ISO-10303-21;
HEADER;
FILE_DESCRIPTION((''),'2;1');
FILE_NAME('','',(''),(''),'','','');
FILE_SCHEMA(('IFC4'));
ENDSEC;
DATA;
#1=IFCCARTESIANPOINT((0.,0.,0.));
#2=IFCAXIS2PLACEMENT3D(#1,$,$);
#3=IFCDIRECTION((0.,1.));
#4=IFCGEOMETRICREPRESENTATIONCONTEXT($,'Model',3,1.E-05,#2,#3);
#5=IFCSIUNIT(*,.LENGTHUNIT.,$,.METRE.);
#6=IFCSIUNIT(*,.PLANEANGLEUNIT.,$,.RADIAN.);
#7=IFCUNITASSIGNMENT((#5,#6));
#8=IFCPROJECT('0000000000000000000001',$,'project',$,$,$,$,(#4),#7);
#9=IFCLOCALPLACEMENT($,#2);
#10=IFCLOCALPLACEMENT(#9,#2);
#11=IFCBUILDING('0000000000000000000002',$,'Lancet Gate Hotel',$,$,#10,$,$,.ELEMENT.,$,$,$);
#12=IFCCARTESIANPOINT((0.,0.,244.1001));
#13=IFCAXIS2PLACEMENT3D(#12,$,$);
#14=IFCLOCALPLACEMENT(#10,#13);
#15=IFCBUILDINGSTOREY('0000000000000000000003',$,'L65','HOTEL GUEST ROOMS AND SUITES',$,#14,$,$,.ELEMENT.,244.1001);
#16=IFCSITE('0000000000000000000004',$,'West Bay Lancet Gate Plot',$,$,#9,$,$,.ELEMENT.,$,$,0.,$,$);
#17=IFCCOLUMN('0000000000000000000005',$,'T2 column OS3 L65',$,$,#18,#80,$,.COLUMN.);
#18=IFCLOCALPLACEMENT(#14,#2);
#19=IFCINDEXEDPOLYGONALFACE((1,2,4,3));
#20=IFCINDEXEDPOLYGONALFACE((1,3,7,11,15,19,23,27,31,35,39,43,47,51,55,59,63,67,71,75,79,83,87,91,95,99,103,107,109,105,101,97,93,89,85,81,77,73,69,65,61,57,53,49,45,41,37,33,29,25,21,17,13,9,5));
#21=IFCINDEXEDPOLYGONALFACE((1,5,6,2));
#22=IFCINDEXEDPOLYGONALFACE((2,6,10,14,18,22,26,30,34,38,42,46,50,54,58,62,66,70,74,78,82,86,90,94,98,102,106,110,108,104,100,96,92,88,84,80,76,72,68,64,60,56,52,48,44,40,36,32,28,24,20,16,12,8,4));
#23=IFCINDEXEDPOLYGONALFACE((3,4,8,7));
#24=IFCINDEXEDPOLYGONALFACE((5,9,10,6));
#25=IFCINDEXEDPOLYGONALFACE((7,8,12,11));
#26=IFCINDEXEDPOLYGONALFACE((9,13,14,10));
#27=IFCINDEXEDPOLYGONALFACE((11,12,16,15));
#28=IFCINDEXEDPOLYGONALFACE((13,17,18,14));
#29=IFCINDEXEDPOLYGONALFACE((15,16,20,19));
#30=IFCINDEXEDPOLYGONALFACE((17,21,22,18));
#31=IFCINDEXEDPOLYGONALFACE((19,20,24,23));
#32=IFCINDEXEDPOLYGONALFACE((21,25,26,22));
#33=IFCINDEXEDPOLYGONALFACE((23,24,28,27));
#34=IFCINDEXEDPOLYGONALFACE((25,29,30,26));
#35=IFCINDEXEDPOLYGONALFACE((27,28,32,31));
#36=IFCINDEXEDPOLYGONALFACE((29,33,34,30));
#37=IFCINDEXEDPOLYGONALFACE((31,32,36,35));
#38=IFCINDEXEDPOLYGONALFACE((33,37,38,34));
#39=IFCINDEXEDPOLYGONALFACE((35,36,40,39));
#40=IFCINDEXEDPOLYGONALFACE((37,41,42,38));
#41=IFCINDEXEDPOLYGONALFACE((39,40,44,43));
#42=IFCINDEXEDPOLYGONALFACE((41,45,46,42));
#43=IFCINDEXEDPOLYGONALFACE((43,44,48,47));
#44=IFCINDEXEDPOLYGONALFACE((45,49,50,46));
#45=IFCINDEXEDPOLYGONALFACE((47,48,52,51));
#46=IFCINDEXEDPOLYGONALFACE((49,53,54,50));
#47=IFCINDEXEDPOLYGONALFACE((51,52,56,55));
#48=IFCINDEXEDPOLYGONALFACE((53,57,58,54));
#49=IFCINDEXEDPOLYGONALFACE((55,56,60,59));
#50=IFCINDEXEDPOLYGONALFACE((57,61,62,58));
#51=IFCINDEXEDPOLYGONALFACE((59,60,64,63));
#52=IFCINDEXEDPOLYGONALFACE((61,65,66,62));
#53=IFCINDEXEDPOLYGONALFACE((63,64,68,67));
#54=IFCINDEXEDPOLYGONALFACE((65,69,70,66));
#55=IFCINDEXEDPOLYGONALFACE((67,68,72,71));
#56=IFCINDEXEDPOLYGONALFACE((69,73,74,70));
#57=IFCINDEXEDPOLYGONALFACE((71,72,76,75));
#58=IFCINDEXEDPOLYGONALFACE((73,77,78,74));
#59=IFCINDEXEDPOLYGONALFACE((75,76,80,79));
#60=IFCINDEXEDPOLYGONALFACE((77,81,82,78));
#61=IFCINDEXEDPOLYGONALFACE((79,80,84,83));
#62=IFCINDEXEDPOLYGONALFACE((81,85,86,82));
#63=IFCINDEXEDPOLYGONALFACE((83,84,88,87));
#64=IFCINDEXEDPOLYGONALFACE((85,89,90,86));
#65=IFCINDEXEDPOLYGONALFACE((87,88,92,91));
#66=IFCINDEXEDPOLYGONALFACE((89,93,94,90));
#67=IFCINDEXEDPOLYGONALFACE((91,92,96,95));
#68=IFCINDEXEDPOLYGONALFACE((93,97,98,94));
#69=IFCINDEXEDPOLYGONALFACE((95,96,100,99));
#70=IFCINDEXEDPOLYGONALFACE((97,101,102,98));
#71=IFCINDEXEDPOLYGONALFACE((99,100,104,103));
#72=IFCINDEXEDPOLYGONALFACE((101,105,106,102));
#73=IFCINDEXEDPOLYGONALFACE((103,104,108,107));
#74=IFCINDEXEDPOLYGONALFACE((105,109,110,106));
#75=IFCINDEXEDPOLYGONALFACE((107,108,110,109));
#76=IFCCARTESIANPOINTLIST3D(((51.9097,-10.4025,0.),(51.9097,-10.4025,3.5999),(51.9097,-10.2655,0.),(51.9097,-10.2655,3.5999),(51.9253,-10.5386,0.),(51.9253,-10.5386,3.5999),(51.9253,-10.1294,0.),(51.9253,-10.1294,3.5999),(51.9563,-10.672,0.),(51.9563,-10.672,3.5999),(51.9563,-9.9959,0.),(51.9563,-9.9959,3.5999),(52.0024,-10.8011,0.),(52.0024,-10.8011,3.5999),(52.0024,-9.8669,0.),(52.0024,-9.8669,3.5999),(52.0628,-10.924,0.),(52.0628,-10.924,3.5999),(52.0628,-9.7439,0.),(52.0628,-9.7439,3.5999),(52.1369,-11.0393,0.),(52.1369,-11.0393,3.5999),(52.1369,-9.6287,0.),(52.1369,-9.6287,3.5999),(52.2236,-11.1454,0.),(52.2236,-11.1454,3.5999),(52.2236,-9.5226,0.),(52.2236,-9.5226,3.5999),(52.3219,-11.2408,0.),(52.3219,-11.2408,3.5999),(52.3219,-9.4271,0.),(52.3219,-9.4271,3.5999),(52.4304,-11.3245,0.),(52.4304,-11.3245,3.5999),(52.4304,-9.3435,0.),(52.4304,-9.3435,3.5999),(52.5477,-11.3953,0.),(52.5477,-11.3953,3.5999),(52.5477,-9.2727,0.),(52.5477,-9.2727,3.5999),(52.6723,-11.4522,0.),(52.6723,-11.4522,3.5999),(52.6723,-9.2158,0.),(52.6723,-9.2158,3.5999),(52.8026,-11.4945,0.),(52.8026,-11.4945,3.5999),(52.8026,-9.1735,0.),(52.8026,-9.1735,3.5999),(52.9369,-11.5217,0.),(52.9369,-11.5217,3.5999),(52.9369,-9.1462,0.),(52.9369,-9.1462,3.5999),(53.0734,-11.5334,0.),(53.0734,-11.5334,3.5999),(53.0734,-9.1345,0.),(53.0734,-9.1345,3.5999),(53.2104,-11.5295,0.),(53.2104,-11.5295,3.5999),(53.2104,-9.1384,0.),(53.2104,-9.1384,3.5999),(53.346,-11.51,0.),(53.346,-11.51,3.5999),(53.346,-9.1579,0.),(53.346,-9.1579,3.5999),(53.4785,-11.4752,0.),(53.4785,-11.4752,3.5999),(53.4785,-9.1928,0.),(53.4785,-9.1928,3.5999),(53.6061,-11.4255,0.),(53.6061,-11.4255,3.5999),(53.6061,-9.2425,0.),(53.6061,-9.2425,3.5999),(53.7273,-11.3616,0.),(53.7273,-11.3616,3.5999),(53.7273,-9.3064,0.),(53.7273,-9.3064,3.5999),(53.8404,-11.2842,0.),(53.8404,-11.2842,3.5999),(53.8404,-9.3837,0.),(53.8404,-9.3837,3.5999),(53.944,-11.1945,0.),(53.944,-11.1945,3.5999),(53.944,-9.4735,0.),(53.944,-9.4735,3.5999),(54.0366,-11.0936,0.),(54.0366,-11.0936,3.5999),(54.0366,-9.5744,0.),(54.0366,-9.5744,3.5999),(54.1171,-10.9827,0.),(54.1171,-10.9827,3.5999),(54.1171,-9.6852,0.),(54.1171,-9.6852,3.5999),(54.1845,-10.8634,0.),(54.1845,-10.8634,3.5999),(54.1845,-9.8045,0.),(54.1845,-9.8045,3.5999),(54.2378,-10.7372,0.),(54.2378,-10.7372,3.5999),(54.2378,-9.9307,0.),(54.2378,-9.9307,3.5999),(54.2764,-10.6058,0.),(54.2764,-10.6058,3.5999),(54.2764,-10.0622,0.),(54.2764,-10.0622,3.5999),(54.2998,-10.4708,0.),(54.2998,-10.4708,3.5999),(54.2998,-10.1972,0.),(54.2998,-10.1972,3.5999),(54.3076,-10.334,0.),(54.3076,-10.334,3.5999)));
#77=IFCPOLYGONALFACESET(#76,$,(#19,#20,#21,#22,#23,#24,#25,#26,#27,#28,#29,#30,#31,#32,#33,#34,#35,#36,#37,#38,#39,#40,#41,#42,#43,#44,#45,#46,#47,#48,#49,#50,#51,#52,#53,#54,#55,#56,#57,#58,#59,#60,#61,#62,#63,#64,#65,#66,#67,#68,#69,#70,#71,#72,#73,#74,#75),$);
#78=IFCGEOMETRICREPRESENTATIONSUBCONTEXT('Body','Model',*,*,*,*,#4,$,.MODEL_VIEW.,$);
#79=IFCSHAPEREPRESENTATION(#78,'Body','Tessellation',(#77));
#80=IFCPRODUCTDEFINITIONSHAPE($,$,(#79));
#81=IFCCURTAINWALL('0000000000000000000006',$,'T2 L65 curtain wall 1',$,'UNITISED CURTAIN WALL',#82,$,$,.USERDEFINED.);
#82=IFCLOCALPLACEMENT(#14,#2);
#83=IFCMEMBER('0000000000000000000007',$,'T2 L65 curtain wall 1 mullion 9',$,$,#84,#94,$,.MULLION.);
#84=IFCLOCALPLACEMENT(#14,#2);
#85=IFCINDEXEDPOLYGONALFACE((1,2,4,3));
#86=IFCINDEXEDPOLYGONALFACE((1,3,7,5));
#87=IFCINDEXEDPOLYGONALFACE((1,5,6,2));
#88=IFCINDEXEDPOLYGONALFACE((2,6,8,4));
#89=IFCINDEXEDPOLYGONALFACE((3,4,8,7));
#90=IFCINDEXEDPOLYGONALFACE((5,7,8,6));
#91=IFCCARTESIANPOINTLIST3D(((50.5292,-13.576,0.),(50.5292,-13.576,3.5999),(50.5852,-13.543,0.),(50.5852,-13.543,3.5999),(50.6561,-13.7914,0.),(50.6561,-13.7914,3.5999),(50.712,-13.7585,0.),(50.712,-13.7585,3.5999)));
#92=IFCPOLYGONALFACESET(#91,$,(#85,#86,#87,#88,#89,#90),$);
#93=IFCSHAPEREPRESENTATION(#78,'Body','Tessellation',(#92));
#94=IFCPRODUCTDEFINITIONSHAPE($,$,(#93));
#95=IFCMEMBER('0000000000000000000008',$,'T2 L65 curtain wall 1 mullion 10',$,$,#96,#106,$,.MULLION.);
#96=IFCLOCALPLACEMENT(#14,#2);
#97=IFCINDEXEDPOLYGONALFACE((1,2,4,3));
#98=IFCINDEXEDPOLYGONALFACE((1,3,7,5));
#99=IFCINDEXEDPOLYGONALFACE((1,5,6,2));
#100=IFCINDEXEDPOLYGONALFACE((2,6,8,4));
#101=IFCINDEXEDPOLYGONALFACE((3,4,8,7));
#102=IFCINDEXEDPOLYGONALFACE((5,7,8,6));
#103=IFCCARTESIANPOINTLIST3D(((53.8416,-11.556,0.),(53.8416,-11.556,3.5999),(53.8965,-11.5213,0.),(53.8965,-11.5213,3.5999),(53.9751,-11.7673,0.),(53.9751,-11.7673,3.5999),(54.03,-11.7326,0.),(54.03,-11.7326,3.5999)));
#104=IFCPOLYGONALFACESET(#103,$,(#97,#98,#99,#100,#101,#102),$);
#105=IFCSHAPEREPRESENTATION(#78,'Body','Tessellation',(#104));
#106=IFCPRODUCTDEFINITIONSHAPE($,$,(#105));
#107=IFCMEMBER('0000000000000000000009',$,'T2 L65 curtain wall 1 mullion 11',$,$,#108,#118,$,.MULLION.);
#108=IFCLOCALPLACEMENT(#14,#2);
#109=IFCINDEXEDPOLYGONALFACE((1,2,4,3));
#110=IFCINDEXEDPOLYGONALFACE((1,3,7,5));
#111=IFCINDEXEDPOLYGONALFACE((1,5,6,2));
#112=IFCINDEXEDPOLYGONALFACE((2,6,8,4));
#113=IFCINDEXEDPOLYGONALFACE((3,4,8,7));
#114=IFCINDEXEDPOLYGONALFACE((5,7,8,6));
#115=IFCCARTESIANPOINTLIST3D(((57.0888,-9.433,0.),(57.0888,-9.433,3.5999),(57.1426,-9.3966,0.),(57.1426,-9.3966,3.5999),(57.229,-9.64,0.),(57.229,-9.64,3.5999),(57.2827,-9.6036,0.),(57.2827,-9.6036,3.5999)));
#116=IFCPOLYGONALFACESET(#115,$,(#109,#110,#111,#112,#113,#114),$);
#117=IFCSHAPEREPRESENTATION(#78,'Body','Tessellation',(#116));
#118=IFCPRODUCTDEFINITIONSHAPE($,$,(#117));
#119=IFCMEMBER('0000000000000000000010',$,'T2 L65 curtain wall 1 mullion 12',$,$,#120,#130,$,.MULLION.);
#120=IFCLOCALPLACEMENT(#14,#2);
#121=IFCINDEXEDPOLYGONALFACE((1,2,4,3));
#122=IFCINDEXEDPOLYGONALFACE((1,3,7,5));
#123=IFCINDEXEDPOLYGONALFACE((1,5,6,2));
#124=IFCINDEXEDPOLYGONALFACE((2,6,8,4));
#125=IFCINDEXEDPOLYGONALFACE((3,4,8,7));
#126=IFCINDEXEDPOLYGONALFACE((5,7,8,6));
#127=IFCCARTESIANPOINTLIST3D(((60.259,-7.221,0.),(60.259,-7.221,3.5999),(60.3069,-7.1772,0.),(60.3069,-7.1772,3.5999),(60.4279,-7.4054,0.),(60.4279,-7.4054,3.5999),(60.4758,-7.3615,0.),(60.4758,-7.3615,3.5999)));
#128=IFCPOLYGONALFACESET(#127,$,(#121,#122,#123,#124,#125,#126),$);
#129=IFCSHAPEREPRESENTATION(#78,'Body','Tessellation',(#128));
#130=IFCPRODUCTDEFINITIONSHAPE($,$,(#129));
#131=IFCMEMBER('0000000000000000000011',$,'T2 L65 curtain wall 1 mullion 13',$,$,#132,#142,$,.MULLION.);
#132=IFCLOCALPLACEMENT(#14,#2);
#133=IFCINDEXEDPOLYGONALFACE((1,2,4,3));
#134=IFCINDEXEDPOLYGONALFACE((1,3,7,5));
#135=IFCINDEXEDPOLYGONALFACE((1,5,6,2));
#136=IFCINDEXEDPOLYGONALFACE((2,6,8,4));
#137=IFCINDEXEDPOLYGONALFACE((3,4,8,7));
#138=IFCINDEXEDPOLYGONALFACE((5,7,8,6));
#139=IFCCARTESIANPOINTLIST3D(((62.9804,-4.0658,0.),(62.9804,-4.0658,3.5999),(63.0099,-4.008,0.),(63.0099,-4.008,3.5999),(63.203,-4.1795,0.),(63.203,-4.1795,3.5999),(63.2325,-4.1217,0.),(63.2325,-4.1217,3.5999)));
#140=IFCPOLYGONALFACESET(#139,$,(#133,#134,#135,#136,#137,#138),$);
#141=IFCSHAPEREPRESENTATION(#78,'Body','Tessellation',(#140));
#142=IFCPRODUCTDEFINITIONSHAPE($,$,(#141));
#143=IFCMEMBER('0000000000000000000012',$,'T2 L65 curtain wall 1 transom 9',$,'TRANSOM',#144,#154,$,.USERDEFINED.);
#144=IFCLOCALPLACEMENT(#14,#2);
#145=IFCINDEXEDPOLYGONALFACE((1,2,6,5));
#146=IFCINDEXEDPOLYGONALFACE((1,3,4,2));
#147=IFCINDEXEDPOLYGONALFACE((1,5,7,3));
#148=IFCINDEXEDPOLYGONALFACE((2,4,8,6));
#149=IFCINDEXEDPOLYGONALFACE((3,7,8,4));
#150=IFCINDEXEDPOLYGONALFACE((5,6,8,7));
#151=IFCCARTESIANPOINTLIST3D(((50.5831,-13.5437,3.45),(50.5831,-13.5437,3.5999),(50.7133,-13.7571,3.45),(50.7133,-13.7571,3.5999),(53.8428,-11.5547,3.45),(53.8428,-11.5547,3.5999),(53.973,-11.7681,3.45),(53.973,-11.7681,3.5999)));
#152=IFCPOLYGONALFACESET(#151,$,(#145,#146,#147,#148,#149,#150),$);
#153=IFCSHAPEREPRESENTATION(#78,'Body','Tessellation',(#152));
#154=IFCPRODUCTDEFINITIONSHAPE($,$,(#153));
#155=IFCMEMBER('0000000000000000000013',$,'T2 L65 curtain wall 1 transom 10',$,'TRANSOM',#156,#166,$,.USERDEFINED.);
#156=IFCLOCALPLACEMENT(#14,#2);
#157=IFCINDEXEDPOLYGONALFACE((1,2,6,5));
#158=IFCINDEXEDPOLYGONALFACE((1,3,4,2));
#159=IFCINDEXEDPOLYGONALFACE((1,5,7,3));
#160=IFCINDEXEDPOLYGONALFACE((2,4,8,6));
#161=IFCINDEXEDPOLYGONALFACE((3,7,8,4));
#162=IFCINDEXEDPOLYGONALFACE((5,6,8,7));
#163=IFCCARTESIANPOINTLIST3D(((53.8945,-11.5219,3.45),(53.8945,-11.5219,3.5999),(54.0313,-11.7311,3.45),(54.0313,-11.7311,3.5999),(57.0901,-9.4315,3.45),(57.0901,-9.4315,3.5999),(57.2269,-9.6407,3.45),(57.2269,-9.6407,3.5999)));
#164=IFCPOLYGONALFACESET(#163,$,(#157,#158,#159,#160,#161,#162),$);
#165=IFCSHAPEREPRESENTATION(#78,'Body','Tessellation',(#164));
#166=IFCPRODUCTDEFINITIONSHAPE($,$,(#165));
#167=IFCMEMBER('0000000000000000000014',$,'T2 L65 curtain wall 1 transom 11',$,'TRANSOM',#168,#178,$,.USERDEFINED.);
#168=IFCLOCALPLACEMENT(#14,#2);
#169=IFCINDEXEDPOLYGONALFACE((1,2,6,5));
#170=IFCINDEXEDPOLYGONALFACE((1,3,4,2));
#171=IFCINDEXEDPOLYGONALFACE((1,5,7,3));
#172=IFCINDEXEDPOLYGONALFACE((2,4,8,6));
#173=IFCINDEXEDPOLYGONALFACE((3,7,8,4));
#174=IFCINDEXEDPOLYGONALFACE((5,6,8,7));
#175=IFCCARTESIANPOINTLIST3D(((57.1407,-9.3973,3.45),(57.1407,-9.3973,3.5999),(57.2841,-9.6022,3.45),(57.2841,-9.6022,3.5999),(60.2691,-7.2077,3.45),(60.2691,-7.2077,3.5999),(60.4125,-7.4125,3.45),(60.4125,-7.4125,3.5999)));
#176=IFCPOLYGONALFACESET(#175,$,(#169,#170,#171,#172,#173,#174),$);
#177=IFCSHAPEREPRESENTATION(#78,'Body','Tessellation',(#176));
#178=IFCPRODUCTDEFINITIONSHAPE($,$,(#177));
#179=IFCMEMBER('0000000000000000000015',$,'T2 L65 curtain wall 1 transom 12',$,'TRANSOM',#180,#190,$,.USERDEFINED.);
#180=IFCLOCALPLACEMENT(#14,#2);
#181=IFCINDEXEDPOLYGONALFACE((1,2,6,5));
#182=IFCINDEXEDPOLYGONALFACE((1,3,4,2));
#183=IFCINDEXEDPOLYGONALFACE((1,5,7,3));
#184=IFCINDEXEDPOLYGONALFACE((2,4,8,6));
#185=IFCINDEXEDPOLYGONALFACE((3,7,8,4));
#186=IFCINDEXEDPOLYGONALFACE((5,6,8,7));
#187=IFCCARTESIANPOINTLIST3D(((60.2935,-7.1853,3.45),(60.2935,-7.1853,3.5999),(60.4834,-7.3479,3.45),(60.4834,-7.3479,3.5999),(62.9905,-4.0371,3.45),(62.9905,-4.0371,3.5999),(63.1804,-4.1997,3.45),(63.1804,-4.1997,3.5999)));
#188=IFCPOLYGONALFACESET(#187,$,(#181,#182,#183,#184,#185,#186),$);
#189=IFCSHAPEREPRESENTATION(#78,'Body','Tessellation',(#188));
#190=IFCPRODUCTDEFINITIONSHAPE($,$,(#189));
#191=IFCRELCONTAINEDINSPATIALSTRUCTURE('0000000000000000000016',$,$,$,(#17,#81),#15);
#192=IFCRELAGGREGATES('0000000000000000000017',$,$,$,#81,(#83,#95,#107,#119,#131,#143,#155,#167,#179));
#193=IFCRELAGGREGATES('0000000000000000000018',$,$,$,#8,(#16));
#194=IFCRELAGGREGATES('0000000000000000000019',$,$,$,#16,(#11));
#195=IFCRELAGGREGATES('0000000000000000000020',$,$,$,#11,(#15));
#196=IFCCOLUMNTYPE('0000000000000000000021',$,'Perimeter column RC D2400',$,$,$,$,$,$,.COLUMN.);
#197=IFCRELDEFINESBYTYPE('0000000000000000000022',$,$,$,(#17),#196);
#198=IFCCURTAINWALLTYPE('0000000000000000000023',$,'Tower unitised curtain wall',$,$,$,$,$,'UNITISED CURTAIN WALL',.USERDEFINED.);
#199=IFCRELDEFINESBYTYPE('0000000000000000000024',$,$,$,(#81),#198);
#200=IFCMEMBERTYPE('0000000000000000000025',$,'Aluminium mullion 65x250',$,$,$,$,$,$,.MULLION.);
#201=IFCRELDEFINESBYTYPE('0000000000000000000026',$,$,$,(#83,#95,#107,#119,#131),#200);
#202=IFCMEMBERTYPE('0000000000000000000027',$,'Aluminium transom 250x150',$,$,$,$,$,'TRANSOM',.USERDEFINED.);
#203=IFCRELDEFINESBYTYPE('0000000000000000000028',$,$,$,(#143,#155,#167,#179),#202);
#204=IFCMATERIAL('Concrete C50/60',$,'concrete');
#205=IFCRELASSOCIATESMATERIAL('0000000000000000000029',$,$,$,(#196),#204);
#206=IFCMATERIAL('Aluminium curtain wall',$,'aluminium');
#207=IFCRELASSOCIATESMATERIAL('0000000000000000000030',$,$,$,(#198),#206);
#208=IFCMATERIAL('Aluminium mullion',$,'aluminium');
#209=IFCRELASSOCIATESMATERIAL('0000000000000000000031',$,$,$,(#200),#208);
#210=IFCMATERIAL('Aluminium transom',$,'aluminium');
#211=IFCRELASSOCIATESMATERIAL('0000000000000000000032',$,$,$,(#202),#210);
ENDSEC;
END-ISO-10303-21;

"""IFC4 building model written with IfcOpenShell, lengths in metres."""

from ifc_helpers import new_model, si_unit, direction, frame, origin, origin_2d, place, context, subcontext, project, spatial, rectangle, circle, extrude, material, material_profile, profile_set, type_object, element, aggregate, save


model = new_model("IFC4")

# Units and contexts
model_context = context("Model", 3, precision=1e-05, world=origin(), true_north=direction((0.0, 1.0)))
body_context = subcontext(model_context, "Body", "Model", "MODEL_VIEW")
ifc_project = project(units=[si_unit("LENGTHUNIT", "METRE"), si_unit("PLANEANGLEUNIT", "RADIAN")], contexts=[model_context])

# Site, building, storey
site_placement = place(None, origin())
site = spatial("IfcSite", under=ifc_project, at=site_placement, Name="West Bay Lancet Gate Plot", CompositionType="ELEMENT", RefElevation=0.0)
building_placement = place(site_placement, origin())
building = spatial("IfcBuilding", under=site, at=building_placement, Name="Lancet Gate Hotel", CompositionType="ELEMENT")
storey_placement = place(building_placement, frame((0.0, 0.0, 244.1001)))
storey = spatial("IfcBuildingStorey", under=building, at=storey_placement, Name="L65", Description="HOTEL GUEST ROOMS AND SUITES", CompositionType="ELEMENT", Elevation=244.1001)

# Column
ifc_material_1 = material(Name="Concrete C50/60", Category="concrete")
ifc_material_profile_1 = material_profile(ifc_material_1, circle(Radius=1.2, at=origin_2d()), Name="RC D2400")
ifc_profile_set_1 = profile_set([ifc_material_profile_1], Name="Concrete C50/60")
column_type = type_object("IfcColumnType", Name="Perimeter column RC D2400", PredefinedType="COLUMN", material=ifc_profile_set_1)
column_placement = place(storey_placement, frame((53.1077, -10.334, 0.0), z_axis=(0.0, 0.0, 1.0), x_axis=(1.0, 0.0, 0.0)))
element("IfcColumn", 1, at=column_placement, inside=storey, type_object=column_type, Name="T2 column OS3 L65", PredefinedType="COLUMN", context=body_context, shape_type="SweptSolid", body=[
    extrude(circle(Radius=1.2, at=origin_2d()), origin(), (0.0, 0.0, 1.0), 3.5999),
])

# Curtain wall, members
ifc_material_2 = material(Name="Aluminium curtain wall", Category="aluminium")
curtain_wall_type = type_object("IfcCurtainWallType", Name="Tower unitised curtain wall", ElementType="UNITISED CURTAIN WALL", PredefinedType="USERDEFINED", material=ifc_material_2)
curtain_wall_placement = place(storey_placement, origin())
curtain_wall = element("IfcCurtainWall", 2, at=curtain_wall_placement, inside=storey, type_object=curtain_wall_type, Name="T2 L65 curtain wall 1", ObjectType="UNITISED CURTAIN WALL", PredefinedType="USERDEFINED")
ifc_material_3 = material(Name="Aluminium mullion", Category="aluminium")
ifc_material_profile_2 = material_profile(ifc_material_3, rectangle(XDim=0.0649, YDim=0.25, at=origin_2d()), Name="MULLION 65x250")
ifc_profile_set_2 = profile_set([ifc_material_profile_2], Name="Aluminium mullion")
member_type_1 = type_object("IfcMemberType", Name="Aluminium mullion 65x250", PredefinedType="MULLION", material=ifc_profile_set_2)
member_1_placement = place(storey_placement, frame((50.6206, -13.6672, 0.0), z_axis=(0.0, 0.0, 1.0), x_axis=(0.861692, 0.507432, 0.0)))
member_1 = element("IfcMember", 3, at=member_1_placement, type_object=member_type_1, Name="T2 L65 curtain wall 1 mullion 9", PredefinedType="MULLION", context=body_context, shape_type="SweptSolid", body=[
    extrude(rectangle(XDim=0.0649, YDim=0.25, at=origin_2d()), origin(), (0.0, 0.0, 1.0), 3.5999),
])
member_2_placement = place(storey_placement, frame((53.9358, -11.6443, 0.0), z_axis=(0.0, 0.0, 1.0), x_axis=(0.84534, 0.534229, 0.0)))
member_2 = element("IfcMember", 4, at=member_2_placement, type_object=member_type_1, Name="T2 L65 curtain wall 1 mullion 10", PredefinedType="MULLION", context=body_context, shape_type="SweptSolid", body=[
    extrude(rectangle(XDim=0.0649, YDim=0.25, at=origin_2d()), origin(), (0.0, 0.0, 1.0), 3.5999),
])
member_3_placement = place(storey_placement, frame((57.1858, -9.5183, 0.0), z_axis=(0.0, 0.0, 1.0), x_axis=(0.828155, 0.5605, 0.0)))
member_3 = element("IfcMember", 5, at=member_3_placement, type_object=member_type_1, Name="T2 L65 curtain wall 1 mullion 11", PredefinedType="MULLION", context=body_context, shape_type="SweptSolid", body=[
    extrude(rectangle(XDim=0.0649, YDim=0.25, at=origin_2d()), origin(), (0.0, 0.0, 1.0), 3.5999),
])
member_4_placement = place(storey_placement, frame((60.3674, -7.2913, 0.0), z_axis=(0.0, 0.0, 1.0), x_axis=(0.737323, 0.67554, 0.0)))
member_4 = element("IfcMember", 6, at=member_4_placement, type_object=member_type_1, Name="T2 L65 curtain wall 1 mullion 12", PredefinedType="MULLION", context=body_context, shape_type="SweptSolid", body=[
    extrude(rectangle(XDim=0.0649, YDim=0.25, at=origin_2d()), origin(), (0.0, 0.0, 1.0), 3.5999),
])
member_5_placement = place(storey_placement, frame((63.1064, -4.0938, 0.0), z_axis=(0.0, 0.0, 1.0), x_axis=(0.454853, 0.890567, 0.0)))
member_5 = element("IfcMember", 7, at=member_5_placement, type_object=member_type_1, Name="T2 L65 curtain wall 1 mullion 13", PredefinedType="MULLION", context=body_context, shape_type="SweptSolid", body=[
    extrude(rectangle(XDim=0.0649, YDim=0.25, at=origin_2d()), origin(), (0.0, 0.0, 1.0), 3.5999),
])
ifc_material_4 = material(Name="Aluminium transom", Category="aluminium")
ifc_material_profile_3 = material_profile(ifc_material_4, rectangle(XDim=0.25, YDim=0.1499, at=origin_2d()), Name="TRANSOM 250x150")
ifc_profile_set_3 = profile_set([ifc_material_profile_3], Name="Aluminium transom")
member_type_2 = type_object("IfcMemberType", Name="Aluminium transom 250x150", ElementType="TRANSOM", PredefinedType="USERDEFINED", material=ifc_profile_set_3)
member_6_placement = place(storey_placement, frame((50.6482, -13.6504, 3.5249), z_axis=(0.853639, 0.520865, 0.0), x_axis=(-0.520865, 0.853639, 0.0)))
member_6 = element("IfcMember", 8, at=member_6_placement, type_object=member_type_2, Name="T2 L65 curtain wall 1 transom 9", ObjectType="TRANSOM", PredefinedType="USERDEFINED", context=body_context, shape_type="SweptSolid", body=[
    extrude(rectangle(XDim=0.25, YDim=0.1499, at=origin_2d()), origin(), (0.0, 0.0, 1.0), 3.8186),
])
member_7_placement = place(storey_placement, frame((53.9629, -11.6265, 3.5249), z_axis=(0.836858, 0.54742, 0.0), x_axis=(-0.54742, 0.836858, 0.0)))
member_7 = element("IfcMember", 9, at=member_7_placement, type_object=member_type_2, Name="T2 L65 curtain wall 1 transom 10", ObjectType="TRANSOM", PredefinedType="USERDEFINED", context=body_context, shape_type="SweptSolid", body=[
    extrude(rectangle(XDim=0.25, YDim=0.1499, at=origin_2d()), origin(), (0.0, 0.0, 1.0), 3.8186),
])
member_8_placement = place(storey_placement, frame((57.2124, -9.4998, 3.5249), z_axis=(0.819256, 0.573428, 0.0), x_axis=(-0.573428, 0.819256, 0.0)))
member_8 = element("IfcMember", 10, at=member_8_placement, type_object=member_type_2, Name="T2 L65 curtain wall 1 transom 11", ObjectType="TRANSOM", PredefinedType="USERDEFINED", context=body_context, shape_type="SweptSolid", body=[
    extrude(rectangle(XDim=0.25, YDim=0.1499, at=origin_2d()), origin(), (0.0, 0.0, 1.0), 3.8186),
])
member_9_placement = place(storey_placement, frame((60.3884, -7.2666, 3.5249), z_axis=(0.650593, 0.759427, 0.0), x_axis=(-0.759427, 0.650593, 0.0)))
member_9 = element("IfcMember", 11, at=member_9_placement, type_object=member_type_2, Name="T2 L65 curtain wall 1 transom 12", ObjectType="TRANSOM", PredefinedType="USERDEFINED", context=body_context, shape_type="SweptSolid", body=[
    extrude(rectangle(XDim=0.25, YDim=0.1499, at=origin_2d()), origin(), (0.0, 0.0, 1.0), 4.1455),
])

aggregate(curtain_wall, [member_1, member_2, member_3, member_4, member_5, member_6, member_7, member_8, member_9])

save(model, "model.ifc")
